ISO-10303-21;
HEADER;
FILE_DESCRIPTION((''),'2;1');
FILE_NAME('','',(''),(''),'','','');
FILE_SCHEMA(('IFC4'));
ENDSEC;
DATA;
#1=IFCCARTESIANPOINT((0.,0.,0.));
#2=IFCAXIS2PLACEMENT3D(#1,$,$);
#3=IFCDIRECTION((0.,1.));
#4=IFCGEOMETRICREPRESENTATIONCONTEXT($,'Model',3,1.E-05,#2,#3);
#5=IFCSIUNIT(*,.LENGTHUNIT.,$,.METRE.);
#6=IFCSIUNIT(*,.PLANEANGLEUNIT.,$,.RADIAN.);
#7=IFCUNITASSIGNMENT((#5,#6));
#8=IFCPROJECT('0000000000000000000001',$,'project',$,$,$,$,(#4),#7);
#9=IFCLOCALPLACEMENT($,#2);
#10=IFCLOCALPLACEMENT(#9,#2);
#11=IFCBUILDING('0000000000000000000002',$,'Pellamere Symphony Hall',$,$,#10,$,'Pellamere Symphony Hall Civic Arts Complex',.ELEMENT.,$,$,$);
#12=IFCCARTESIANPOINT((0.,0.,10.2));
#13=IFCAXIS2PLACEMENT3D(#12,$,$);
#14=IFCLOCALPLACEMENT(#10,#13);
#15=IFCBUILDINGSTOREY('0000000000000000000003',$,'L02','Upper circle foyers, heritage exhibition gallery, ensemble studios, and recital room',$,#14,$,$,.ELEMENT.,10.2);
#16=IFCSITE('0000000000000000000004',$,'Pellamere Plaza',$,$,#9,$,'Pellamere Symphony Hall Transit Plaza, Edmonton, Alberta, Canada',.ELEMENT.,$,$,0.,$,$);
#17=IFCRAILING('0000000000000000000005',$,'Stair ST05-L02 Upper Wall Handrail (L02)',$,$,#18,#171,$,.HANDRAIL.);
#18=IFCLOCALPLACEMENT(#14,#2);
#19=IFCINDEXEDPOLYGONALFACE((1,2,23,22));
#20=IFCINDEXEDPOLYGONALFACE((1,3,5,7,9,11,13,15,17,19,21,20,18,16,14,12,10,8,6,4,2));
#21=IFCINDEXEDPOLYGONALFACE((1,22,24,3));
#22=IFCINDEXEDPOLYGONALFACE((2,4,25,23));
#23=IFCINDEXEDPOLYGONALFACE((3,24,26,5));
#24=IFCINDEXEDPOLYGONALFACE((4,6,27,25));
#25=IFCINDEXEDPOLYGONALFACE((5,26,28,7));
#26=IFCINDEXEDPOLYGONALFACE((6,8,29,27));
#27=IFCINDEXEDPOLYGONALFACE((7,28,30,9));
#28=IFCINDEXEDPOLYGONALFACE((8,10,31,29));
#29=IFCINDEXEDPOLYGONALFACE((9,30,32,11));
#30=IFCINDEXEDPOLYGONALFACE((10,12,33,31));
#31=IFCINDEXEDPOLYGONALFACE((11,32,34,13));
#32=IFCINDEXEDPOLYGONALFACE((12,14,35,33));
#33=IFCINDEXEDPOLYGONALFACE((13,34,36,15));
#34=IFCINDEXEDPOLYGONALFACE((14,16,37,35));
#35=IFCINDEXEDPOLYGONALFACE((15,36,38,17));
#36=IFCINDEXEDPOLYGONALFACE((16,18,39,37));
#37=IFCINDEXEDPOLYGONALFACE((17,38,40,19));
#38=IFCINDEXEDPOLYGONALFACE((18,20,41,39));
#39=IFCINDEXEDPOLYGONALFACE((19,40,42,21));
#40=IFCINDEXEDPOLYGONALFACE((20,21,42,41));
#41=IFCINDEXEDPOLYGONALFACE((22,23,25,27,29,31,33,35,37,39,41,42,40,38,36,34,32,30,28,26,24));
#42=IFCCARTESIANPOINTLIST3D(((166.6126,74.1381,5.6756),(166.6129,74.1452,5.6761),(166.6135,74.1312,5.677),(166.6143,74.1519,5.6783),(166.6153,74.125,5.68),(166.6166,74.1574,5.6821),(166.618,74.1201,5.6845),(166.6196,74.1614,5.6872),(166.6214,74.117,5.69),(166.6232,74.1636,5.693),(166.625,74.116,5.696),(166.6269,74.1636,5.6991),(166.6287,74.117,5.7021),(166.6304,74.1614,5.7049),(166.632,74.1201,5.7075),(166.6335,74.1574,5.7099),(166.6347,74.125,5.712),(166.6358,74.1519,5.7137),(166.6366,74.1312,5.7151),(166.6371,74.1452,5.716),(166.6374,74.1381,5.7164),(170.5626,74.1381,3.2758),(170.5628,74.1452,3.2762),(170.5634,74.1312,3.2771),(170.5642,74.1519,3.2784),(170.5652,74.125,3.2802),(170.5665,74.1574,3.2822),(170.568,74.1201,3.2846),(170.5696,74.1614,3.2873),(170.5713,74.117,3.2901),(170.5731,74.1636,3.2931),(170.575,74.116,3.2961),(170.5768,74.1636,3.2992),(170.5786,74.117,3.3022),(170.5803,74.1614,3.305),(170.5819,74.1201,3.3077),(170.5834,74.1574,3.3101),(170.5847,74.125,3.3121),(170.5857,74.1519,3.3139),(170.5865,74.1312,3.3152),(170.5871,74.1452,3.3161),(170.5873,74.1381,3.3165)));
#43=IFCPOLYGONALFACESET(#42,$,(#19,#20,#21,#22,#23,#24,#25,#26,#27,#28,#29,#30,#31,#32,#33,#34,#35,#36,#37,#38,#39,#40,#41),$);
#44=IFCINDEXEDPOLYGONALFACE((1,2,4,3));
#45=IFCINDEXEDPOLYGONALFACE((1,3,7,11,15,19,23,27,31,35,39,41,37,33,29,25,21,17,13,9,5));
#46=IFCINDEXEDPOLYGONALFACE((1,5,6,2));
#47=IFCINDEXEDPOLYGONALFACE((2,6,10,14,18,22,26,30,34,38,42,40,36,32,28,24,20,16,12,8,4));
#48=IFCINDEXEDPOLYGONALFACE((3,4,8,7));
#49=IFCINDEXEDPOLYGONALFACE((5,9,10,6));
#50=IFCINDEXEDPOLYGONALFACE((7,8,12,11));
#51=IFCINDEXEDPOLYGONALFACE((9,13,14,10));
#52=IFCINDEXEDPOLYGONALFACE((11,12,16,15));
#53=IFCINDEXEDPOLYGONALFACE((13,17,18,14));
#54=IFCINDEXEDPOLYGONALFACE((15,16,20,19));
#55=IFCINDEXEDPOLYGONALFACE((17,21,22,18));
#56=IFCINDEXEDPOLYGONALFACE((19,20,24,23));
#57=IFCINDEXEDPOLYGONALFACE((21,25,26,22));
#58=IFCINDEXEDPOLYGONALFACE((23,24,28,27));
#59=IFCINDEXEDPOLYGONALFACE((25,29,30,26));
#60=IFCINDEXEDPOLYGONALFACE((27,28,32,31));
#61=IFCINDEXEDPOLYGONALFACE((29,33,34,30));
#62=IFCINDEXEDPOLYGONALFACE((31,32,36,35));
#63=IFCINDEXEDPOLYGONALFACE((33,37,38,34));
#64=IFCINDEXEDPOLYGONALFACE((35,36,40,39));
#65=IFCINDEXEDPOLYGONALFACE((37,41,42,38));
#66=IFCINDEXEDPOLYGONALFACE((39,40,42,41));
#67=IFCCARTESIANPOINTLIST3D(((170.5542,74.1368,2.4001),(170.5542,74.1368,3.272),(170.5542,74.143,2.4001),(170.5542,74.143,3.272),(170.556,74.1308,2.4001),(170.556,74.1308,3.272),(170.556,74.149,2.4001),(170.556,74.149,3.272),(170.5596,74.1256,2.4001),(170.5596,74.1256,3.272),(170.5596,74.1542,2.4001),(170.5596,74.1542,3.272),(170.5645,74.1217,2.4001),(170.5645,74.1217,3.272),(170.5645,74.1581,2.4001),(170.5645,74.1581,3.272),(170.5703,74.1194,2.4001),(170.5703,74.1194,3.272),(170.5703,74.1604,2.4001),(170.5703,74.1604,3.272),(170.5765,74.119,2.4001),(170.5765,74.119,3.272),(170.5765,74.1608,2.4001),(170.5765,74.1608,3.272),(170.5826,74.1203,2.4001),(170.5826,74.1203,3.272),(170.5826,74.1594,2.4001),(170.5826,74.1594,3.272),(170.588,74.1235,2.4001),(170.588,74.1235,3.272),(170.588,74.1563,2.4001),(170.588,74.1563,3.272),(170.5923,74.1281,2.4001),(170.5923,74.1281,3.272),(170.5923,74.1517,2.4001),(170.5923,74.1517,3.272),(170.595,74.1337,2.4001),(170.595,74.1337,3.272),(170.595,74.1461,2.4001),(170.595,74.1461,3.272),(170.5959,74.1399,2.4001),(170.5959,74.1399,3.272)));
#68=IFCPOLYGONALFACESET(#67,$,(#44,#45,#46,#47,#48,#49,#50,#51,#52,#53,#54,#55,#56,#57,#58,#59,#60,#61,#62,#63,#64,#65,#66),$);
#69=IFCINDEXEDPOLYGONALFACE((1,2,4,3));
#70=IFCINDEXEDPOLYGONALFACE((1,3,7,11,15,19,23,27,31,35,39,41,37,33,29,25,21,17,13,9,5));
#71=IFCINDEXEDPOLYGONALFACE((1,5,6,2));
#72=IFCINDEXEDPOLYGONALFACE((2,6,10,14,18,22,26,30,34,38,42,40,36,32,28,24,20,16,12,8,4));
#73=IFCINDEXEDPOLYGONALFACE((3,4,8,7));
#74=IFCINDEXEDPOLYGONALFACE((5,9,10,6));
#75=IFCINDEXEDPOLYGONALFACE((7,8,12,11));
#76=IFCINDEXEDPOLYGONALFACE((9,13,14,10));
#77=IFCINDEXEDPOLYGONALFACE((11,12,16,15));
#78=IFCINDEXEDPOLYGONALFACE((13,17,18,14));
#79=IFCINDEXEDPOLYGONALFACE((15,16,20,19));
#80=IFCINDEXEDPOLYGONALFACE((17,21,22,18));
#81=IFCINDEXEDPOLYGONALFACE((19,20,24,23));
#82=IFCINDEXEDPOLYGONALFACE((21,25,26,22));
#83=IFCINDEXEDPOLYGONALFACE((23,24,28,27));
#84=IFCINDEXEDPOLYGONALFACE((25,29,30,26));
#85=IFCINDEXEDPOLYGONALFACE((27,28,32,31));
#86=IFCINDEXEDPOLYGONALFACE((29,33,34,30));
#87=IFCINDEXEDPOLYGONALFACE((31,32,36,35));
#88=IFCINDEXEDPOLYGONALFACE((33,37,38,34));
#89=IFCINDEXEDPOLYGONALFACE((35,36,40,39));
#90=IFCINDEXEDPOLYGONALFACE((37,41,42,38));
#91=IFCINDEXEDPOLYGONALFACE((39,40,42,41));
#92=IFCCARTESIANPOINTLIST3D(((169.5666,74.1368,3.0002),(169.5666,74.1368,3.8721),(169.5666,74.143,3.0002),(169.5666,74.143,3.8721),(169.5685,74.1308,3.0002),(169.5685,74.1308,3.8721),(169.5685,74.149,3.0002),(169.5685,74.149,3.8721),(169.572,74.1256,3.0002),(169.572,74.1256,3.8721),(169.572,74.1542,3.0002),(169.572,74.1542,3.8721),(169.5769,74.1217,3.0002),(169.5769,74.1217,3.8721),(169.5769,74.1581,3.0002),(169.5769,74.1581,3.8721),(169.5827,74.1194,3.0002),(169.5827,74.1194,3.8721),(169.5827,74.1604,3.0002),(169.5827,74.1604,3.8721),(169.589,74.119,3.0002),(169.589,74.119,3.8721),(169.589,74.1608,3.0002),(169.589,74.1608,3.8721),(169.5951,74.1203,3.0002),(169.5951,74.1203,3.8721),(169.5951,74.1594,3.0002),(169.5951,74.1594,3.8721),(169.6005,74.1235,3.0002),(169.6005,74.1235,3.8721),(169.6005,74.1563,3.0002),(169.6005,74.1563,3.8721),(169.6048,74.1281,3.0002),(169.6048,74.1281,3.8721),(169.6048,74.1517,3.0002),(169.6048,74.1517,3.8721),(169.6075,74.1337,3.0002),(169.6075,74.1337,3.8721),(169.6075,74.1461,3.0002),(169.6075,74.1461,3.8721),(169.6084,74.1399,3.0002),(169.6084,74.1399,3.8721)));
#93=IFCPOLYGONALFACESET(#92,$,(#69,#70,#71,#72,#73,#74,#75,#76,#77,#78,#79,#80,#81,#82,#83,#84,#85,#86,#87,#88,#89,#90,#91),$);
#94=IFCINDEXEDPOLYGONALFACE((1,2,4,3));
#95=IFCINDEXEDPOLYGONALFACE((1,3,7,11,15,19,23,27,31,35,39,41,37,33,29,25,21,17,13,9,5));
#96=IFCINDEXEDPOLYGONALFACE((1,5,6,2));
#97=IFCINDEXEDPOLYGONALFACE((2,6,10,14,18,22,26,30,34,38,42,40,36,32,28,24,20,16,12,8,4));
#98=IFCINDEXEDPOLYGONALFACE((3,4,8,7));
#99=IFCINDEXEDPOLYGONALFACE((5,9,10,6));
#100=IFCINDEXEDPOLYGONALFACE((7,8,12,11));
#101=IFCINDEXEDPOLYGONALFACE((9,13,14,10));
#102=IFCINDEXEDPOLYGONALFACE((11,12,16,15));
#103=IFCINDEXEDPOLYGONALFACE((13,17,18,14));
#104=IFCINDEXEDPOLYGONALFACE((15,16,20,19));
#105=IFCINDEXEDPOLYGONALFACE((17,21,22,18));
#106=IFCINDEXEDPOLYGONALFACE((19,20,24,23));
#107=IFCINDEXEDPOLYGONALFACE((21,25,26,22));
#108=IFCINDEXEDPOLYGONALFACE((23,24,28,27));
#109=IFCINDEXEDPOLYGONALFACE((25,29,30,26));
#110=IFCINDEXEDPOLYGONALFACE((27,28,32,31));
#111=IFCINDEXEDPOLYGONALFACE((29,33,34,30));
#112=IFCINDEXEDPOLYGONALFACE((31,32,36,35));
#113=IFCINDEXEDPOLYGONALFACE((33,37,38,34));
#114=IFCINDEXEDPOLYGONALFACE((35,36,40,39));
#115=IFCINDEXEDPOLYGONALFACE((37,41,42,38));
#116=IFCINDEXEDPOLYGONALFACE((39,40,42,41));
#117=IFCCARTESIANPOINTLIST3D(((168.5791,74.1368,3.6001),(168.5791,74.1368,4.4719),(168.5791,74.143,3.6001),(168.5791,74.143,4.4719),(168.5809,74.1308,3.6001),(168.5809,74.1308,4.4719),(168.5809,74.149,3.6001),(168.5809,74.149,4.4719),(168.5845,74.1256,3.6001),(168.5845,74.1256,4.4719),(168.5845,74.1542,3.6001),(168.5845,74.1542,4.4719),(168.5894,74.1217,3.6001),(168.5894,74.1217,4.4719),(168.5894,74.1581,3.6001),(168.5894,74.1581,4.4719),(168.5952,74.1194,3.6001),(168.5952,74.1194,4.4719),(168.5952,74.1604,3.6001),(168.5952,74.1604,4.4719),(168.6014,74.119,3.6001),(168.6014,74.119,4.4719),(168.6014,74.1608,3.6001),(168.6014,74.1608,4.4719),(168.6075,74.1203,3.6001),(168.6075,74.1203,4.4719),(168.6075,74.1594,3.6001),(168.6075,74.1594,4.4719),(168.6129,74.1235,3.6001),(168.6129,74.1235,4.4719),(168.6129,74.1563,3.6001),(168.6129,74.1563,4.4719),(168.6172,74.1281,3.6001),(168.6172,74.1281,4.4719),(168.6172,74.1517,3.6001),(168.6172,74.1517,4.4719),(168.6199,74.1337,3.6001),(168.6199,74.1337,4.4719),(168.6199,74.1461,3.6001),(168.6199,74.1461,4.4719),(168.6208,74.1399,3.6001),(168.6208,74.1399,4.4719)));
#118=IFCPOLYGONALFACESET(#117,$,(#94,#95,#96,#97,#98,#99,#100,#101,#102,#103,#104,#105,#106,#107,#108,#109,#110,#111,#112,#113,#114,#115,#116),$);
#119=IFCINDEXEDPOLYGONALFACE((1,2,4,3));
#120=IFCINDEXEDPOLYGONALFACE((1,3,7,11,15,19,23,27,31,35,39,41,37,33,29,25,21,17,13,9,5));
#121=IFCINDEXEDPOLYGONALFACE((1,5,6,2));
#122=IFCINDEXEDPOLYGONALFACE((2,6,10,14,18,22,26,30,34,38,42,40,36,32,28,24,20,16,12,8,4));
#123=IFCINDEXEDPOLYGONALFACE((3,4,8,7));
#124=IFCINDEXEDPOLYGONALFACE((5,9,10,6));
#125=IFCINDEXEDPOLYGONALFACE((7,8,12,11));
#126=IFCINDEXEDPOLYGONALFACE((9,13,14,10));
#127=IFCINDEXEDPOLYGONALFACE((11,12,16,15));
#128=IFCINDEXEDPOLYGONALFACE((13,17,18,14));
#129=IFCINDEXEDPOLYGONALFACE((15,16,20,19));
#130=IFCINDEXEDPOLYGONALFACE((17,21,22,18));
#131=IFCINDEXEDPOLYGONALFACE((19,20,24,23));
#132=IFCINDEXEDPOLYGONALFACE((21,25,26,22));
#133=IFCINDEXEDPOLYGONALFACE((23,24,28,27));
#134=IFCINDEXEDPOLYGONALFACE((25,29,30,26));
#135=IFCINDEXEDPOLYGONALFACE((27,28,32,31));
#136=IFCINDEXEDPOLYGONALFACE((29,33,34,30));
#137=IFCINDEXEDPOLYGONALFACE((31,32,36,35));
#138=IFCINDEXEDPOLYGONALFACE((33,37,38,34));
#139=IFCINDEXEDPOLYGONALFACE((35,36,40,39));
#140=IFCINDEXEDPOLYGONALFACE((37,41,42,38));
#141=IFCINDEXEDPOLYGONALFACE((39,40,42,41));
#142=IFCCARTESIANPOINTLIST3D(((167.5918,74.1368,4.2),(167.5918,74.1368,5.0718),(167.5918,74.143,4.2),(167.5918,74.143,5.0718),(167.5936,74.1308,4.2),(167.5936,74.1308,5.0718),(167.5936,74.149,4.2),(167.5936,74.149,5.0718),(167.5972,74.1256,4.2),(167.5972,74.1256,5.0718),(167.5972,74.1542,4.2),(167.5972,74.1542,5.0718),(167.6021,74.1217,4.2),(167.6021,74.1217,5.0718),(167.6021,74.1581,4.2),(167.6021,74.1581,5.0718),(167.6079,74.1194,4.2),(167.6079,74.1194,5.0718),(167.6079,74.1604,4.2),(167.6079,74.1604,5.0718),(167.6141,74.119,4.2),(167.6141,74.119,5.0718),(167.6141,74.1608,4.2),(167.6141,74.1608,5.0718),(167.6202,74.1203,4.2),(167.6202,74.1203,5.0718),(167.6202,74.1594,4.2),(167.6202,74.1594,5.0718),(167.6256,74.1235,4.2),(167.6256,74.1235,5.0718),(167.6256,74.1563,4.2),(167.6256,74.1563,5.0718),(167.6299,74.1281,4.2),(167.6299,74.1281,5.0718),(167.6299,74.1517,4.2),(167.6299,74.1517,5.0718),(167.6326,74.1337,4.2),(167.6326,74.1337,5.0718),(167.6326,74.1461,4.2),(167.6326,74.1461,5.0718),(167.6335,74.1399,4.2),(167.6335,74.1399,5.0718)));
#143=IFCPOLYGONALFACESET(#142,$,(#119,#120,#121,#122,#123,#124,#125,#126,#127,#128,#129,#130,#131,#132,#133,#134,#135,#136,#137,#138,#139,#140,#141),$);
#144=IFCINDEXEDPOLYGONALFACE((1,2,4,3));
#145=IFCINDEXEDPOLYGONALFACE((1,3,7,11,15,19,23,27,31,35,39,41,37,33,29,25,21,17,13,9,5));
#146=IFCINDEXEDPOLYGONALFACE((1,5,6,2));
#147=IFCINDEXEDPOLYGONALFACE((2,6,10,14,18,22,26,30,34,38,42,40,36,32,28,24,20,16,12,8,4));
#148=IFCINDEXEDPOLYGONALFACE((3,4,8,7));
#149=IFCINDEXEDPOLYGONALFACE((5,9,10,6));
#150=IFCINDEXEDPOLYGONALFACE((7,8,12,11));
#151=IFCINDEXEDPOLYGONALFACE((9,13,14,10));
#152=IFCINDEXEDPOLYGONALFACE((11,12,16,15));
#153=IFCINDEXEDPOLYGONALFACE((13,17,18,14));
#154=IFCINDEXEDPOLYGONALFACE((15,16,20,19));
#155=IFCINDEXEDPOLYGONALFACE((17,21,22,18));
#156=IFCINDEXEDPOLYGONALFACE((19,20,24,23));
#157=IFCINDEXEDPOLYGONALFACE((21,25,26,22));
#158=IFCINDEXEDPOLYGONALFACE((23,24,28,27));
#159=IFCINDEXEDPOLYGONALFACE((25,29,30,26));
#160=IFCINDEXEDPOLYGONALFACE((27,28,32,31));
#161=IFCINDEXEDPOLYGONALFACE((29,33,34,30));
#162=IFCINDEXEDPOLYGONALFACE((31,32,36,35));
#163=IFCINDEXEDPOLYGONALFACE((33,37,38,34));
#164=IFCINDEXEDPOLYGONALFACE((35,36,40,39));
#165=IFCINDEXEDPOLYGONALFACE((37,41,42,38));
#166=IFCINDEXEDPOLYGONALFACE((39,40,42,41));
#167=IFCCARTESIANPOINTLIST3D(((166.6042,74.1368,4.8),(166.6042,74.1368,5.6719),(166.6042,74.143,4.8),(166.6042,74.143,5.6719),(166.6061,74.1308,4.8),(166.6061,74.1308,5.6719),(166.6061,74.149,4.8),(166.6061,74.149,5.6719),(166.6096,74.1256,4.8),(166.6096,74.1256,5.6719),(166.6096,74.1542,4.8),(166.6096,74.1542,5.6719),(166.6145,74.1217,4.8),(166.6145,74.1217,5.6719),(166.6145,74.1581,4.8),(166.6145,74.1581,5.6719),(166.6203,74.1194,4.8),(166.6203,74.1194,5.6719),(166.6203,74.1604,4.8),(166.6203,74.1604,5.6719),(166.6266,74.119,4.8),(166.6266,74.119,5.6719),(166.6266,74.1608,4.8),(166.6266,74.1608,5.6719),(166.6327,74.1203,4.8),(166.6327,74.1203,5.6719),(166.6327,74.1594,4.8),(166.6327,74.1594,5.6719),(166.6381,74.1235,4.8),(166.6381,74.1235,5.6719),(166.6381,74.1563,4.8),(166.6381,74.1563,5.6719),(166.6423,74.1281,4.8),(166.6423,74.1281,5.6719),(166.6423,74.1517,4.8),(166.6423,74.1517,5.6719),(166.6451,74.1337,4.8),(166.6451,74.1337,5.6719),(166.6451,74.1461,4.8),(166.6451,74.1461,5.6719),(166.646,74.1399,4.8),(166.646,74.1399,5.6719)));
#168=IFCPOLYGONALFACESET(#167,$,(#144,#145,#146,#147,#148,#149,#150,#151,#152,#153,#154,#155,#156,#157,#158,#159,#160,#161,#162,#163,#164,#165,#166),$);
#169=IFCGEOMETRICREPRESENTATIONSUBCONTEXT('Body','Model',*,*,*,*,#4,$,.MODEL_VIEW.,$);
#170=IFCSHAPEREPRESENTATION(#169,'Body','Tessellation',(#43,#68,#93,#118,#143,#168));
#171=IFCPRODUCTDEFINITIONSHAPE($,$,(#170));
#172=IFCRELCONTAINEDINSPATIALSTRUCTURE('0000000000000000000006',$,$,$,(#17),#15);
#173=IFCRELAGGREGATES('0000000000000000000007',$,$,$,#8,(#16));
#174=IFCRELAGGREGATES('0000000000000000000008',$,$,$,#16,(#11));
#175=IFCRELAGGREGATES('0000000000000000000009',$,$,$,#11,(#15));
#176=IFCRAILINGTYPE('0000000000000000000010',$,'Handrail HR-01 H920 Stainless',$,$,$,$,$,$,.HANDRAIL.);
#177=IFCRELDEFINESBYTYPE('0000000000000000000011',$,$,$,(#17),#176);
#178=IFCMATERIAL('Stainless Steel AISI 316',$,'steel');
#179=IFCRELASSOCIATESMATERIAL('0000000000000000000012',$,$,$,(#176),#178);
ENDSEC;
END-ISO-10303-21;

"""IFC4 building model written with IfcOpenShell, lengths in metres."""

from ifc_helpers import new_model, si_unit, direction, frame, origin, origin_2d, place, context, subcontext, project, spatial, circle, extrude, material, type_object, element, save


model = new_model("IFC4")

# Units and contexts
model_context = context("Model", 3, precision=1e-05, world=origin(), true_north=direction((0.0, 1.0)))
body_context = subcontext(model_context, "Body", "Model", "MODEL_VIEW")
ifc_project = project(units=[si_unit("LENGTHUNIT", "METRE"), si_unit("PLANEANGLEUNIT", "RADIAN")], contexts=[model_context])

# Site, building, storey
site_placement = place(None, origin())
site = spatial("IfcSite", under=ifc_project, at=site_placement, Name="Pellamere Plaza", LongName="Pellamere Symphony Hall Transit Plaza, Edmonton, Alberta, Canada", CompositionType="ELEMENT", RefElevation=0.0)
building_placement = place(site_placement, origin())
building = spatial("IfcBuilding", under=site, at=building_placement, Name="Pellamere Symphony Hall", LongName="Pellamere Symphony Hall Civic Arts Complex", CompositionType="ELEMENT")
storey_placement = place(building_placement, frame((0.0, 0.0, 10.2)))
storey = spatial("IfcBuildingStorey", under=building, at=storey_placement, Name="L02", Description="Upper circle foyers, heritage exhibition gallery, ensemble studios, and recital room", CompositionType="ELEMENT", Elevation=10.2)

# Railing
ifc_material_1 = material(Name="Stainless Steel AISI 316", Category="steel")
railing_type_1 = type_object("IfcRailingType", Name="Handrail HR-01 H920 Stainless", PredefinedType="HANDRAIL", material=ifc_material_1)
railing_1_placement = place(storey_placement, frame((170.575, 74.1399, 2.4001)))
element("IfcRailing", 1, at=railing_1_placement, inside=storey, type_object=railing_type_1, Name="Stair ST05-L02 Upper Wall Handrail (L02)", PredefinedType="HANDRAIL", context=body_context, shape_type="SweptSolid", body=[
    extrude(circle(Radius=0.0239, at=origin_2d()), frame((0.0, 0.0, 0.896), z_axis=(-0.854623, 0.0, 0.51925), x_axis=(0.0, -1.0, 0.0)), (0.0, 0.0, 1.0), 4.6218),
    extrude(circle(Radius=0.021, at=origin_2d()), origin(), (0.0, 0.0, 1.0), 0.8718),
    extrude(circle(Radius=0.021, at=origin_2d()), frame((-0.9875, 0.0, 0.6001)), (0.0, 0.0, 1.0), 0.8718),
    extrude(circle(Radius=0.021, at=origin_2d()), frame((-1.9751, 0.0, 1.2)), (0.0, 0.0, 1.0), 0.8718),
    extrude(circle(Radius=0.021, at=origin_2d()), frame((-2.9624, 0.0, 1.7998)), (0.0, 0.0, 1.0), 0.8718),
    extrude(circle(Radius=0.021, at=origin_2d()), frame((-3.95, 0.0, 2.3999)), (0.0, 0.0, 1.0), 0.8718),
])

save(model, "model.ifc")
